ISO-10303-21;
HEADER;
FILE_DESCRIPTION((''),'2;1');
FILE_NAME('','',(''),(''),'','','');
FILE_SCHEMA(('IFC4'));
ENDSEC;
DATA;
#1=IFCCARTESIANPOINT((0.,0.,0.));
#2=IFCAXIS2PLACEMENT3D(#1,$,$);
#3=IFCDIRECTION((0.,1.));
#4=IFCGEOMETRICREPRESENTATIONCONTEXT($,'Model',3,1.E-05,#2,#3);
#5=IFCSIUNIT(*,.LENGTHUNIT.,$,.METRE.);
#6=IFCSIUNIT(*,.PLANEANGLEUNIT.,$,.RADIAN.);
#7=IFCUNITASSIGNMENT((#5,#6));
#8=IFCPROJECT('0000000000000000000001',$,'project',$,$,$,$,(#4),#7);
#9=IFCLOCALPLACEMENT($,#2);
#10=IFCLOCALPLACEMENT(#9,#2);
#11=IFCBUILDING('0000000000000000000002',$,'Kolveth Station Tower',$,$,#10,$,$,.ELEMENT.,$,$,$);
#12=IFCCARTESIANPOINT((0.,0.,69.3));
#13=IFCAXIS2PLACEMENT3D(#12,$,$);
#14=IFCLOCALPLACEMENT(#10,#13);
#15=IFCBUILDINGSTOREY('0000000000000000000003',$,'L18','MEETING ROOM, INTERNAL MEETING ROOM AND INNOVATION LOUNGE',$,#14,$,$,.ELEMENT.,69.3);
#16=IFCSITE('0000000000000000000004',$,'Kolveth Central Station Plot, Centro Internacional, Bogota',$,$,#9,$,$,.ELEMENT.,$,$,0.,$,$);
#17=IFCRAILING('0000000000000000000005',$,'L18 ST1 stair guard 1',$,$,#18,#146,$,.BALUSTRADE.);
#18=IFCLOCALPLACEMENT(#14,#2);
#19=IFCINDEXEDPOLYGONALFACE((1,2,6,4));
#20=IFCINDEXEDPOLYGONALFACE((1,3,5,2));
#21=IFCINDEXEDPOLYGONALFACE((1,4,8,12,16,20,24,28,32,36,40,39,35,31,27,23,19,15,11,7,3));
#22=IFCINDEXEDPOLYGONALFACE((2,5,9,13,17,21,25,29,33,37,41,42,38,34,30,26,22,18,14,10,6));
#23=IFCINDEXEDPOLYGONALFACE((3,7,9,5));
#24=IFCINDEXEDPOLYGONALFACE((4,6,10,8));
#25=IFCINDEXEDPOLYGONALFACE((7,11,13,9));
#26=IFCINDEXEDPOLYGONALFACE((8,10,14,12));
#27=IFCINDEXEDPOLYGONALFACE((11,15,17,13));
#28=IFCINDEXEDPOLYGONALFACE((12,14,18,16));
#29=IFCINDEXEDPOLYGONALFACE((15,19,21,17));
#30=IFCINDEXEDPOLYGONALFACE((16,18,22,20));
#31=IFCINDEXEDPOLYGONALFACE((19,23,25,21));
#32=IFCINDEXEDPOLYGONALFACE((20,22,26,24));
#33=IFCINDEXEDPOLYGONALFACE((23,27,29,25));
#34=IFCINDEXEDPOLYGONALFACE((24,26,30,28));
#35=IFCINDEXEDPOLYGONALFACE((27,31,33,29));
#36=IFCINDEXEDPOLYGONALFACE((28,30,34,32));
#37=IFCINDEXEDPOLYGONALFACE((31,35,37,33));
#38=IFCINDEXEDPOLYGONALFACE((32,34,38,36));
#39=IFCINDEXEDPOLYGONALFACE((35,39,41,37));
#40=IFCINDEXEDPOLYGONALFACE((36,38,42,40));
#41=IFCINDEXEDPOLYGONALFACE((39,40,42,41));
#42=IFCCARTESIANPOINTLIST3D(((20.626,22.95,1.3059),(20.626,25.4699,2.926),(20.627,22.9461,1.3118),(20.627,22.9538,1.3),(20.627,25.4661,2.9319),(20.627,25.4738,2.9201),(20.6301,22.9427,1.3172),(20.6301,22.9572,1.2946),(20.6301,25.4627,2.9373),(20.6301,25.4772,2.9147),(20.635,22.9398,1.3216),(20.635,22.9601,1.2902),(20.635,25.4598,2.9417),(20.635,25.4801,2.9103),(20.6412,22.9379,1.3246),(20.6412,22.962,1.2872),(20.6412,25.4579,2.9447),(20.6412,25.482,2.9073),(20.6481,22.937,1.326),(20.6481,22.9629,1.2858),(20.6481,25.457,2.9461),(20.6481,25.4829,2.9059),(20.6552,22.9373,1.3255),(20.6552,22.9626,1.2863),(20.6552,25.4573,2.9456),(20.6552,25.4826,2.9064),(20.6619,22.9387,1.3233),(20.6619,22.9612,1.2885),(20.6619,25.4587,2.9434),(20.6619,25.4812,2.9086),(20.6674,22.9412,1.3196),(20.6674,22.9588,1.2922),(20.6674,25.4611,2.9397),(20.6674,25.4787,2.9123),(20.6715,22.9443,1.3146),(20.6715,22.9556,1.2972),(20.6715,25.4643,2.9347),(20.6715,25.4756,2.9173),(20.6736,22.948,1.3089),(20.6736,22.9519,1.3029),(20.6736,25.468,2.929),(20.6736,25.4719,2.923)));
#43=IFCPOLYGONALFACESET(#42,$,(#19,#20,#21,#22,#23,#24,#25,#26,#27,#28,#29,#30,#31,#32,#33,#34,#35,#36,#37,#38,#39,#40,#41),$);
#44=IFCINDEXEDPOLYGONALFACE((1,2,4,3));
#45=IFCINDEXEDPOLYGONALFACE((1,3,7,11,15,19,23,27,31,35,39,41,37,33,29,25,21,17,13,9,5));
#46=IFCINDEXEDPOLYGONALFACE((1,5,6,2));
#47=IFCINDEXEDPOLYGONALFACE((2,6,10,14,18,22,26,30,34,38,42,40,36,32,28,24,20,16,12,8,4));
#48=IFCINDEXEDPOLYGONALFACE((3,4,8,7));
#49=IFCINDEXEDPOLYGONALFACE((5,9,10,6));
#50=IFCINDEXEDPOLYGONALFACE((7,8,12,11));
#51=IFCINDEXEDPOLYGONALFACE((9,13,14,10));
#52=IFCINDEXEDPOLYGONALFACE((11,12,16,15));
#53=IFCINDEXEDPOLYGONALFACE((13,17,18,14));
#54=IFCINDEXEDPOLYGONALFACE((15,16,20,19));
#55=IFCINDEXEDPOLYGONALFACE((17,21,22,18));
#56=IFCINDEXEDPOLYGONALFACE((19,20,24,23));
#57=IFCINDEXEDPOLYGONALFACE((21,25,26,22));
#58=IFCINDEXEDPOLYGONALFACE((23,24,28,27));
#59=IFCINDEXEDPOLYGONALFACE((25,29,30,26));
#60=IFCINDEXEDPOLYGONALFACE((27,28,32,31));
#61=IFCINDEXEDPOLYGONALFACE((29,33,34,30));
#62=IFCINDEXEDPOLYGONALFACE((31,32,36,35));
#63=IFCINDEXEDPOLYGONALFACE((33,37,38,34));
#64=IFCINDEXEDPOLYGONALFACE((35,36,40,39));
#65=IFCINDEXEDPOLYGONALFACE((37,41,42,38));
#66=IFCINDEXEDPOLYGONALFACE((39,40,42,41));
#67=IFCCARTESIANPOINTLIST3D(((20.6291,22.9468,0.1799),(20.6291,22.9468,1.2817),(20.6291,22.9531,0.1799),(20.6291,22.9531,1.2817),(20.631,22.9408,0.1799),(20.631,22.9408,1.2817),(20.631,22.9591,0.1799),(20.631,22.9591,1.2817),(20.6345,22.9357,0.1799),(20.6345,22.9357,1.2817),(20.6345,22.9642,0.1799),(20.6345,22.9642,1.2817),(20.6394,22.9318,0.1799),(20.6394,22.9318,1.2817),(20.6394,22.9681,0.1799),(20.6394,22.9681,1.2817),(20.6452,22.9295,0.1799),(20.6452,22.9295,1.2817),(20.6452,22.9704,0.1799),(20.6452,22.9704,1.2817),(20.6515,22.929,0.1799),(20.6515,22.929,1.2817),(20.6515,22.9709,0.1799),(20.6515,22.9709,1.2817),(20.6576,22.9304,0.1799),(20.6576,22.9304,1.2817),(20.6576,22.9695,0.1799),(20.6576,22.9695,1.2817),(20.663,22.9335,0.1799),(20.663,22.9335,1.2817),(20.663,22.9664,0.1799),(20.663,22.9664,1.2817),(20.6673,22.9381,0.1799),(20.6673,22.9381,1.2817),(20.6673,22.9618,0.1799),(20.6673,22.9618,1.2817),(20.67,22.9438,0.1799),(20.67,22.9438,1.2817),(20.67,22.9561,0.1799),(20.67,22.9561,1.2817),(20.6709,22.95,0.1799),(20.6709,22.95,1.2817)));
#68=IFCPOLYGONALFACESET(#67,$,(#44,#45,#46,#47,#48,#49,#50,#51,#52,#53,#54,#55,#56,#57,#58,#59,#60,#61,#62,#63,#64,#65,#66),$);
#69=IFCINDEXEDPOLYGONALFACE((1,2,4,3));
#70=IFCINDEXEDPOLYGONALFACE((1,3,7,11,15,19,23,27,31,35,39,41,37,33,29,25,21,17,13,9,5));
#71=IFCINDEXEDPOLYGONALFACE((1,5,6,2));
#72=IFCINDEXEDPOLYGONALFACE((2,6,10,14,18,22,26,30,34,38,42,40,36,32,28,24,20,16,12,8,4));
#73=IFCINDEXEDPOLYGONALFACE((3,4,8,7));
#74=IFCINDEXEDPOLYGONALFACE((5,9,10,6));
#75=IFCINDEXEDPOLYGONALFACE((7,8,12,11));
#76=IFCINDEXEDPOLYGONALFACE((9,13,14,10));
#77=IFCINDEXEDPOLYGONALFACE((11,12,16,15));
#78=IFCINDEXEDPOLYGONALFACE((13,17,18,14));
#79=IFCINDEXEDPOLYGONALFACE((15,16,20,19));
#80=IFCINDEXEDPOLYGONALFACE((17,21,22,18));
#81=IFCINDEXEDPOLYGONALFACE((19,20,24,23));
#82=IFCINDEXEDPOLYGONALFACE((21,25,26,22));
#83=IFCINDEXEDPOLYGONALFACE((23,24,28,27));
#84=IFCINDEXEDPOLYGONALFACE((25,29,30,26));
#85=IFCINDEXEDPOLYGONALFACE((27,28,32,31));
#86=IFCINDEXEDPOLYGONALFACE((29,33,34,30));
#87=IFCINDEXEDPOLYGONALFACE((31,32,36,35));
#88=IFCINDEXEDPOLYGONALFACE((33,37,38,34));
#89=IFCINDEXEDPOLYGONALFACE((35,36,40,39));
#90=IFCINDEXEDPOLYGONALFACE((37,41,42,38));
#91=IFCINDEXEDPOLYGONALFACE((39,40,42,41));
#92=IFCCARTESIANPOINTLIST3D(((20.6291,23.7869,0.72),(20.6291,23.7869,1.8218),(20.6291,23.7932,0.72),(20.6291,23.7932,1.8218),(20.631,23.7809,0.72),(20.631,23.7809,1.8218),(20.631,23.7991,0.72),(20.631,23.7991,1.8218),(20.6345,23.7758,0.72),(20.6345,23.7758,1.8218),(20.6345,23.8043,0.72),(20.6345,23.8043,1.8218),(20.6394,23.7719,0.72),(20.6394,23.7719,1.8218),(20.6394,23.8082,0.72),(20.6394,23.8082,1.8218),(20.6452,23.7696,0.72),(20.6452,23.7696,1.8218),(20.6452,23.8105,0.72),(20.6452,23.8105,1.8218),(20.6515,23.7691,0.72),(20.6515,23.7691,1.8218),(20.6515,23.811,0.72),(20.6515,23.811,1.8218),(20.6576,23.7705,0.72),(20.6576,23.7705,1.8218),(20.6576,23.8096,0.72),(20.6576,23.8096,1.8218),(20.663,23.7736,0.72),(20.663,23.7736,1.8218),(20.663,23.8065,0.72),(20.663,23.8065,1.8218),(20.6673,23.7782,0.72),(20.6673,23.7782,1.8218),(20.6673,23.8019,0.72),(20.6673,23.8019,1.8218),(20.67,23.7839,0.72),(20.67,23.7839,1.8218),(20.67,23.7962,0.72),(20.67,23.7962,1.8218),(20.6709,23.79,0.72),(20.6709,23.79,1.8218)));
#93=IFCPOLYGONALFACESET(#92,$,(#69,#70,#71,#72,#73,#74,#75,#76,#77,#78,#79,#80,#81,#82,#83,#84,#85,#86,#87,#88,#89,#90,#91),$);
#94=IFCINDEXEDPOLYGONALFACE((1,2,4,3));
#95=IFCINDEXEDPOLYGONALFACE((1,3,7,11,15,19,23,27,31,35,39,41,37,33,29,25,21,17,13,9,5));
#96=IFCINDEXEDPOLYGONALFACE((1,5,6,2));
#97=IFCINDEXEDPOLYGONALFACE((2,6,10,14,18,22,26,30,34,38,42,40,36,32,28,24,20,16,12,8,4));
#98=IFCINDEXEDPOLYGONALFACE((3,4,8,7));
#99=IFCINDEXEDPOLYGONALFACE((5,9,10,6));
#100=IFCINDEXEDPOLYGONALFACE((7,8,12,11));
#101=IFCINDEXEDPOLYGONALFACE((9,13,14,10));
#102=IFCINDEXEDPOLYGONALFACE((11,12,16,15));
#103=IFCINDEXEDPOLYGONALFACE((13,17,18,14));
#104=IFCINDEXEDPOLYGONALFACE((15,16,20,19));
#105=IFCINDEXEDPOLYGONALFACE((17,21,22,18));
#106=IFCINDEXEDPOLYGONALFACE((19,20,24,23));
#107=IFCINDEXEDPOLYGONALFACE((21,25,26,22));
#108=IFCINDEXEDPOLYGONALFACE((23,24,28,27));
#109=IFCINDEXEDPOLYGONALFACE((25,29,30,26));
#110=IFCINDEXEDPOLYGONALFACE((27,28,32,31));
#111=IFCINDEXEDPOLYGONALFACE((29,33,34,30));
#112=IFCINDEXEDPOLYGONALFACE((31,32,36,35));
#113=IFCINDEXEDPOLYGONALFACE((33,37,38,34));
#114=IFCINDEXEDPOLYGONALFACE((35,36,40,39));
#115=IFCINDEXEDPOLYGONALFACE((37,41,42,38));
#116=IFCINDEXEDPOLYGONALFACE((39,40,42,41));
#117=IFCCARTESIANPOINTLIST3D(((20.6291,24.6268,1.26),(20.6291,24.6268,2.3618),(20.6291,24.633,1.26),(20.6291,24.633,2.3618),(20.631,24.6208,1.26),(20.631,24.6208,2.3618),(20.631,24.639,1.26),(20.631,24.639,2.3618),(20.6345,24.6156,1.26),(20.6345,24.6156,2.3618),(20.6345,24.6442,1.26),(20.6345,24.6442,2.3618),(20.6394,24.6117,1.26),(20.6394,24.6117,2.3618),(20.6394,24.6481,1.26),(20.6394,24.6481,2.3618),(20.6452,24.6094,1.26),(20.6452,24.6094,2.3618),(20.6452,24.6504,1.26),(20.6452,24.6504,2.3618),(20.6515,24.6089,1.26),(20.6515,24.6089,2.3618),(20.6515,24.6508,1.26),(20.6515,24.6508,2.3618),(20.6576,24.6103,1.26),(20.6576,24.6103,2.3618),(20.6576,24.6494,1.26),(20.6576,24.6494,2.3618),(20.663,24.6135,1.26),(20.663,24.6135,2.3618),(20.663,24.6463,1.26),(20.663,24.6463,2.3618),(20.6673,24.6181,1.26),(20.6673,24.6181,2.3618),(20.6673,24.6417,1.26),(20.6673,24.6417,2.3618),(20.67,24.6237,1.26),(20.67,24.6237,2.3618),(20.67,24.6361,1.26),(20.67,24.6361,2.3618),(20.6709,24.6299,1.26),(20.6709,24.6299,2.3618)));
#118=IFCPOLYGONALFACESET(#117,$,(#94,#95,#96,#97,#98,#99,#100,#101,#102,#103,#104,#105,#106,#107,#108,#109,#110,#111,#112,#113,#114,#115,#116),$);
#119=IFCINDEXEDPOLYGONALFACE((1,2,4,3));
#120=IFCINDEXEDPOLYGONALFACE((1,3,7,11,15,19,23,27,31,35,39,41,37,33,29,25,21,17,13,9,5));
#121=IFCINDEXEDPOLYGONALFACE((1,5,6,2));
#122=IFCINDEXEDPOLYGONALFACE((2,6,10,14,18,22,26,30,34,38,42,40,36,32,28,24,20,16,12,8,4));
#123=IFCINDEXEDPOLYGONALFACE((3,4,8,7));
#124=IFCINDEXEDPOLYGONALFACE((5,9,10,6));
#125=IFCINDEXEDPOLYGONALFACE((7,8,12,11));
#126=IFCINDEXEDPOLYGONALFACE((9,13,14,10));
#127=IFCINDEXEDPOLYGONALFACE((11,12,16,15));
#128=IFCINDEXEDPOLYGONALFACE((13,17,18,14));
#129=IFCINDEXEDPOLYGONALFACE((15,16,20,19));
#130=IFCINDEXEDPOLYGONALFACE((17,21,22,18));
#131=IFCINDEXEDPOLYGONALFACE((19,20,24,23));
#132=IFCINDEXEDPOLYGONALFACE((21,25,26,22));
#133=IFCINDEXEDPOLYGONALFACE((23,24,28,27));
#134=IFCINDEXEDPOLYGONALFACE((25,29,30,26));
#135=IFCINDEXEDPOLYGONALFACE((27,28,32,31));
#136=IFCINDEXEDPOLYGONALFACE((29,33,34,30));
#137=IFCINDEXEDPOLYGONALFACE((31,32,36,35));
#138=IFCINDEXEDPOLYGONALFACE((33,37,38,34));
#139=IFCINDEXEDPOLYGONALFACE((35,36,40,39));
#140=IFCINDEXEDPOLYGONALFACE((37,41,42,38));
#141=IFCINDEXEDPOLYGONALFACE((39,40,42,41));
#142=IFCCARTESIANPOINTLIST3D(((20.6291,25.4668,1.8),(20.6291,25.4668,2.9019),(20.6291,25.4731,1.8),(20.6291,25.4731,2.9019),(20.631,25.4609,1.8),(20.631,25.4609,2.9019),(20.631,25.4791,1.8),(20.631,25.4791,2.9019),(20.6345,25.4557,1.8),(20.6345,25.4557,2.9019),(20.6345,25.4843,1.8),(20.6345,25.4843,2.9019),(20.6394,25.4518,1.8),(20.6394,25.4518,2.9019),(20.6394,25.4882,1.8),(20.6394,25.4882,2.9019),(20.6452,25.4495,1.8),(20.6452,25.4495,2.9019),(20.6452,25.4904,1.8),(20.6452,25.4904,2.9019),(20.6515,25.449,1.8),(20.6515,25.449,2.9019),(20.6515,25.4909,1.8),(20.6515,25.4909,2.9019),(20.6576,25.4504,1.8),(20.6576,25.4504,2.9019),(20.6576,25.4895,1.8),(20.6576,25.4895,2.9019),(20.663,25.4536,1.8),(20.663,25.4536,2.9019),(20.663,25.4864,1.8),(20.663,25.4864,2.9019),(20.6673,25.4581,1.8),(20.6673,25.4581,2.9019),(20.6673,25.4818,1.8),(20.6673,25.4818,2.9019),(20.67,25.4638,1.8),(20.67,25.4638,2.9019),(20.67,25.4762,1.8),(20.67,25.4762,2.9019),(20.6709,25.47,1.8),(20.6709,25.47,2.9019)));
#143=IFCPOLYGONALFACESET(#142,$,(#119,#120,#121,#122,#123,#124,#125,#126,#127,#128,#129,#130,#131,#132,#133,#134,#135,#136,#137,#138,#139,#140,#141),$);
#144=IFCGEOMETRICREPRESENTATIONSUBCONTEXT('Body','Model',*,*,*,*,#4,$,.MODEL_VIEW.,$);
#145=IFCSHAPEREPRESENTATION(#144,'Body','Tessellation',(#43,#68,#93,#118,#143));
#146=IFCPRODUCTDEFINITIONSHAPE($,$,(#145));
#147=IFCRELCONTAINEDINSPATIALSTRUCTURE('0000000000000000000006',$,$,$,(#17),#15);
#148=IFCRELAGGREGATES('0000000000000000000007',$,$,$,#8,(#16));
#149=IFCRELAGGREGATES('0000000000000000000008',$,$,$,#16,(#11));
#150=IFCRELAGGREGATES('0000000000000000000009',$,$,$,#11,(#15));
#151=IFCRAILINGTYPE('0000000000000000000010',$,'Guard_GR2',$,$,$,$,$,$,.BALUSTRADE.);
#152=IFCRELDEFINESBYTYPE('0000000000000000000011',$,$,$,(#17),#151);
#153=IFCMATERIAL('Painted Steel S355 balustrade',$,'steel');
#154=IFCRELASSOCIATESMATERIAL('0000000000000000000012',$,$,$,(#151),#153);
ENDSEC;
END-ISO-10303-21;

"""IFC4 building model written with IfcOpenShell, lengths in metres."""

from ifc_helpers import new_model, si_unit, direction, frame, origin, origin_2d, place, context, subcontext, project, spatial, circle, extrude, material, type_object, element, save


model = new_model("IFC4")

# Units and contexts
model_context = context("Model", 3, precision=1e-05, world=origin(), true_north=direction((0.0, 1.0)))
body_context = subcontext(model_context, "Body", "Model", "MODEL_VIEW")
ifc_project = project(units=[si_unit("LENGTHUNIT", "METRE"), si_unit("PLANEANGLEUNIT", "RADIAN")], contexts=[model_context])

# Site, building, storey
site_placement = place(None, origin())
site = spatial("IfcSite", under=ifc_project, at=site_placement, Name="Kolveth Central Station Plot, Centro Internacional, Bogota", CompositionType="ELEMENT", RefElevation=0.0)
building_placement = place(site_placement, origin())
building = spatial("IfcBuilding", under=site, at=building_placement, Name="Kolveth Station Tower", CompositionType="ELEMENT")
storey_placement = place(building_placement, frame((0.0, 0.0, 69.3)))
storey = spatial("IfcBuildingStorey", under=building, at=storey_placement, Name="L18", Description="MEETING ROOM, INTERNAL MEETING ROOM AND INNOVATION LOUNGE", CompositionType="ELEMENT", Elevation=69.3)

# Railing
ifc_material_1 = material(Name="Painted Steel S355 balustrade", Category="steel")
railing_type_1 = type_object("IfcRailingType", Name="Guard_GR2", PredefinedType="BALUSTRADE", material=ifc_material_1)
railing_1_placement = place(storey_placement, frame((20.6499, 22.95, 0.1799)))
element("IfcRailing", 1, at=railing_1_placement, inside=storey, type_object=railing_type_1, Name="L18 ST1 stair guard 1", PredefinedType="BALUSTRADE", context=body_context, shape_type="SweptSolid", body=[
    extrude(circle(Radius=0.0239, at=origin_2d()), frame((0.0, 0.0, 1.126), z_axis=(0.0, 0.841163, 0.540782), x_axis=(-1.0, 0.0, 0.0)), (0.0, 0.0, 1.0), 2.9958),
    extrude(circle(Radius=0.021, at=origin_2d()), origin(), (0.0, 0.0, 1.0), 1.1018),
    extrude(circle(Radius=0.021, at=origin_2d()), frame((0.0, 0.8401, 0.54)), (0.0, 0.0, 1.0), 1.1018),
    extrude(circle(Radius=0.021, at=origin_2d()), frame((0.0, 1.6799, 1.0801)), (0.0, 0.0, 1.0), 1.1018),
    extrude(circle(Radius=0.021, at=origin_2d()), frame((0.0, 2.52, 1.6201)), (0.0, 0.0, 1.0), 1.1018),
])

save(model, "model.ifc")
